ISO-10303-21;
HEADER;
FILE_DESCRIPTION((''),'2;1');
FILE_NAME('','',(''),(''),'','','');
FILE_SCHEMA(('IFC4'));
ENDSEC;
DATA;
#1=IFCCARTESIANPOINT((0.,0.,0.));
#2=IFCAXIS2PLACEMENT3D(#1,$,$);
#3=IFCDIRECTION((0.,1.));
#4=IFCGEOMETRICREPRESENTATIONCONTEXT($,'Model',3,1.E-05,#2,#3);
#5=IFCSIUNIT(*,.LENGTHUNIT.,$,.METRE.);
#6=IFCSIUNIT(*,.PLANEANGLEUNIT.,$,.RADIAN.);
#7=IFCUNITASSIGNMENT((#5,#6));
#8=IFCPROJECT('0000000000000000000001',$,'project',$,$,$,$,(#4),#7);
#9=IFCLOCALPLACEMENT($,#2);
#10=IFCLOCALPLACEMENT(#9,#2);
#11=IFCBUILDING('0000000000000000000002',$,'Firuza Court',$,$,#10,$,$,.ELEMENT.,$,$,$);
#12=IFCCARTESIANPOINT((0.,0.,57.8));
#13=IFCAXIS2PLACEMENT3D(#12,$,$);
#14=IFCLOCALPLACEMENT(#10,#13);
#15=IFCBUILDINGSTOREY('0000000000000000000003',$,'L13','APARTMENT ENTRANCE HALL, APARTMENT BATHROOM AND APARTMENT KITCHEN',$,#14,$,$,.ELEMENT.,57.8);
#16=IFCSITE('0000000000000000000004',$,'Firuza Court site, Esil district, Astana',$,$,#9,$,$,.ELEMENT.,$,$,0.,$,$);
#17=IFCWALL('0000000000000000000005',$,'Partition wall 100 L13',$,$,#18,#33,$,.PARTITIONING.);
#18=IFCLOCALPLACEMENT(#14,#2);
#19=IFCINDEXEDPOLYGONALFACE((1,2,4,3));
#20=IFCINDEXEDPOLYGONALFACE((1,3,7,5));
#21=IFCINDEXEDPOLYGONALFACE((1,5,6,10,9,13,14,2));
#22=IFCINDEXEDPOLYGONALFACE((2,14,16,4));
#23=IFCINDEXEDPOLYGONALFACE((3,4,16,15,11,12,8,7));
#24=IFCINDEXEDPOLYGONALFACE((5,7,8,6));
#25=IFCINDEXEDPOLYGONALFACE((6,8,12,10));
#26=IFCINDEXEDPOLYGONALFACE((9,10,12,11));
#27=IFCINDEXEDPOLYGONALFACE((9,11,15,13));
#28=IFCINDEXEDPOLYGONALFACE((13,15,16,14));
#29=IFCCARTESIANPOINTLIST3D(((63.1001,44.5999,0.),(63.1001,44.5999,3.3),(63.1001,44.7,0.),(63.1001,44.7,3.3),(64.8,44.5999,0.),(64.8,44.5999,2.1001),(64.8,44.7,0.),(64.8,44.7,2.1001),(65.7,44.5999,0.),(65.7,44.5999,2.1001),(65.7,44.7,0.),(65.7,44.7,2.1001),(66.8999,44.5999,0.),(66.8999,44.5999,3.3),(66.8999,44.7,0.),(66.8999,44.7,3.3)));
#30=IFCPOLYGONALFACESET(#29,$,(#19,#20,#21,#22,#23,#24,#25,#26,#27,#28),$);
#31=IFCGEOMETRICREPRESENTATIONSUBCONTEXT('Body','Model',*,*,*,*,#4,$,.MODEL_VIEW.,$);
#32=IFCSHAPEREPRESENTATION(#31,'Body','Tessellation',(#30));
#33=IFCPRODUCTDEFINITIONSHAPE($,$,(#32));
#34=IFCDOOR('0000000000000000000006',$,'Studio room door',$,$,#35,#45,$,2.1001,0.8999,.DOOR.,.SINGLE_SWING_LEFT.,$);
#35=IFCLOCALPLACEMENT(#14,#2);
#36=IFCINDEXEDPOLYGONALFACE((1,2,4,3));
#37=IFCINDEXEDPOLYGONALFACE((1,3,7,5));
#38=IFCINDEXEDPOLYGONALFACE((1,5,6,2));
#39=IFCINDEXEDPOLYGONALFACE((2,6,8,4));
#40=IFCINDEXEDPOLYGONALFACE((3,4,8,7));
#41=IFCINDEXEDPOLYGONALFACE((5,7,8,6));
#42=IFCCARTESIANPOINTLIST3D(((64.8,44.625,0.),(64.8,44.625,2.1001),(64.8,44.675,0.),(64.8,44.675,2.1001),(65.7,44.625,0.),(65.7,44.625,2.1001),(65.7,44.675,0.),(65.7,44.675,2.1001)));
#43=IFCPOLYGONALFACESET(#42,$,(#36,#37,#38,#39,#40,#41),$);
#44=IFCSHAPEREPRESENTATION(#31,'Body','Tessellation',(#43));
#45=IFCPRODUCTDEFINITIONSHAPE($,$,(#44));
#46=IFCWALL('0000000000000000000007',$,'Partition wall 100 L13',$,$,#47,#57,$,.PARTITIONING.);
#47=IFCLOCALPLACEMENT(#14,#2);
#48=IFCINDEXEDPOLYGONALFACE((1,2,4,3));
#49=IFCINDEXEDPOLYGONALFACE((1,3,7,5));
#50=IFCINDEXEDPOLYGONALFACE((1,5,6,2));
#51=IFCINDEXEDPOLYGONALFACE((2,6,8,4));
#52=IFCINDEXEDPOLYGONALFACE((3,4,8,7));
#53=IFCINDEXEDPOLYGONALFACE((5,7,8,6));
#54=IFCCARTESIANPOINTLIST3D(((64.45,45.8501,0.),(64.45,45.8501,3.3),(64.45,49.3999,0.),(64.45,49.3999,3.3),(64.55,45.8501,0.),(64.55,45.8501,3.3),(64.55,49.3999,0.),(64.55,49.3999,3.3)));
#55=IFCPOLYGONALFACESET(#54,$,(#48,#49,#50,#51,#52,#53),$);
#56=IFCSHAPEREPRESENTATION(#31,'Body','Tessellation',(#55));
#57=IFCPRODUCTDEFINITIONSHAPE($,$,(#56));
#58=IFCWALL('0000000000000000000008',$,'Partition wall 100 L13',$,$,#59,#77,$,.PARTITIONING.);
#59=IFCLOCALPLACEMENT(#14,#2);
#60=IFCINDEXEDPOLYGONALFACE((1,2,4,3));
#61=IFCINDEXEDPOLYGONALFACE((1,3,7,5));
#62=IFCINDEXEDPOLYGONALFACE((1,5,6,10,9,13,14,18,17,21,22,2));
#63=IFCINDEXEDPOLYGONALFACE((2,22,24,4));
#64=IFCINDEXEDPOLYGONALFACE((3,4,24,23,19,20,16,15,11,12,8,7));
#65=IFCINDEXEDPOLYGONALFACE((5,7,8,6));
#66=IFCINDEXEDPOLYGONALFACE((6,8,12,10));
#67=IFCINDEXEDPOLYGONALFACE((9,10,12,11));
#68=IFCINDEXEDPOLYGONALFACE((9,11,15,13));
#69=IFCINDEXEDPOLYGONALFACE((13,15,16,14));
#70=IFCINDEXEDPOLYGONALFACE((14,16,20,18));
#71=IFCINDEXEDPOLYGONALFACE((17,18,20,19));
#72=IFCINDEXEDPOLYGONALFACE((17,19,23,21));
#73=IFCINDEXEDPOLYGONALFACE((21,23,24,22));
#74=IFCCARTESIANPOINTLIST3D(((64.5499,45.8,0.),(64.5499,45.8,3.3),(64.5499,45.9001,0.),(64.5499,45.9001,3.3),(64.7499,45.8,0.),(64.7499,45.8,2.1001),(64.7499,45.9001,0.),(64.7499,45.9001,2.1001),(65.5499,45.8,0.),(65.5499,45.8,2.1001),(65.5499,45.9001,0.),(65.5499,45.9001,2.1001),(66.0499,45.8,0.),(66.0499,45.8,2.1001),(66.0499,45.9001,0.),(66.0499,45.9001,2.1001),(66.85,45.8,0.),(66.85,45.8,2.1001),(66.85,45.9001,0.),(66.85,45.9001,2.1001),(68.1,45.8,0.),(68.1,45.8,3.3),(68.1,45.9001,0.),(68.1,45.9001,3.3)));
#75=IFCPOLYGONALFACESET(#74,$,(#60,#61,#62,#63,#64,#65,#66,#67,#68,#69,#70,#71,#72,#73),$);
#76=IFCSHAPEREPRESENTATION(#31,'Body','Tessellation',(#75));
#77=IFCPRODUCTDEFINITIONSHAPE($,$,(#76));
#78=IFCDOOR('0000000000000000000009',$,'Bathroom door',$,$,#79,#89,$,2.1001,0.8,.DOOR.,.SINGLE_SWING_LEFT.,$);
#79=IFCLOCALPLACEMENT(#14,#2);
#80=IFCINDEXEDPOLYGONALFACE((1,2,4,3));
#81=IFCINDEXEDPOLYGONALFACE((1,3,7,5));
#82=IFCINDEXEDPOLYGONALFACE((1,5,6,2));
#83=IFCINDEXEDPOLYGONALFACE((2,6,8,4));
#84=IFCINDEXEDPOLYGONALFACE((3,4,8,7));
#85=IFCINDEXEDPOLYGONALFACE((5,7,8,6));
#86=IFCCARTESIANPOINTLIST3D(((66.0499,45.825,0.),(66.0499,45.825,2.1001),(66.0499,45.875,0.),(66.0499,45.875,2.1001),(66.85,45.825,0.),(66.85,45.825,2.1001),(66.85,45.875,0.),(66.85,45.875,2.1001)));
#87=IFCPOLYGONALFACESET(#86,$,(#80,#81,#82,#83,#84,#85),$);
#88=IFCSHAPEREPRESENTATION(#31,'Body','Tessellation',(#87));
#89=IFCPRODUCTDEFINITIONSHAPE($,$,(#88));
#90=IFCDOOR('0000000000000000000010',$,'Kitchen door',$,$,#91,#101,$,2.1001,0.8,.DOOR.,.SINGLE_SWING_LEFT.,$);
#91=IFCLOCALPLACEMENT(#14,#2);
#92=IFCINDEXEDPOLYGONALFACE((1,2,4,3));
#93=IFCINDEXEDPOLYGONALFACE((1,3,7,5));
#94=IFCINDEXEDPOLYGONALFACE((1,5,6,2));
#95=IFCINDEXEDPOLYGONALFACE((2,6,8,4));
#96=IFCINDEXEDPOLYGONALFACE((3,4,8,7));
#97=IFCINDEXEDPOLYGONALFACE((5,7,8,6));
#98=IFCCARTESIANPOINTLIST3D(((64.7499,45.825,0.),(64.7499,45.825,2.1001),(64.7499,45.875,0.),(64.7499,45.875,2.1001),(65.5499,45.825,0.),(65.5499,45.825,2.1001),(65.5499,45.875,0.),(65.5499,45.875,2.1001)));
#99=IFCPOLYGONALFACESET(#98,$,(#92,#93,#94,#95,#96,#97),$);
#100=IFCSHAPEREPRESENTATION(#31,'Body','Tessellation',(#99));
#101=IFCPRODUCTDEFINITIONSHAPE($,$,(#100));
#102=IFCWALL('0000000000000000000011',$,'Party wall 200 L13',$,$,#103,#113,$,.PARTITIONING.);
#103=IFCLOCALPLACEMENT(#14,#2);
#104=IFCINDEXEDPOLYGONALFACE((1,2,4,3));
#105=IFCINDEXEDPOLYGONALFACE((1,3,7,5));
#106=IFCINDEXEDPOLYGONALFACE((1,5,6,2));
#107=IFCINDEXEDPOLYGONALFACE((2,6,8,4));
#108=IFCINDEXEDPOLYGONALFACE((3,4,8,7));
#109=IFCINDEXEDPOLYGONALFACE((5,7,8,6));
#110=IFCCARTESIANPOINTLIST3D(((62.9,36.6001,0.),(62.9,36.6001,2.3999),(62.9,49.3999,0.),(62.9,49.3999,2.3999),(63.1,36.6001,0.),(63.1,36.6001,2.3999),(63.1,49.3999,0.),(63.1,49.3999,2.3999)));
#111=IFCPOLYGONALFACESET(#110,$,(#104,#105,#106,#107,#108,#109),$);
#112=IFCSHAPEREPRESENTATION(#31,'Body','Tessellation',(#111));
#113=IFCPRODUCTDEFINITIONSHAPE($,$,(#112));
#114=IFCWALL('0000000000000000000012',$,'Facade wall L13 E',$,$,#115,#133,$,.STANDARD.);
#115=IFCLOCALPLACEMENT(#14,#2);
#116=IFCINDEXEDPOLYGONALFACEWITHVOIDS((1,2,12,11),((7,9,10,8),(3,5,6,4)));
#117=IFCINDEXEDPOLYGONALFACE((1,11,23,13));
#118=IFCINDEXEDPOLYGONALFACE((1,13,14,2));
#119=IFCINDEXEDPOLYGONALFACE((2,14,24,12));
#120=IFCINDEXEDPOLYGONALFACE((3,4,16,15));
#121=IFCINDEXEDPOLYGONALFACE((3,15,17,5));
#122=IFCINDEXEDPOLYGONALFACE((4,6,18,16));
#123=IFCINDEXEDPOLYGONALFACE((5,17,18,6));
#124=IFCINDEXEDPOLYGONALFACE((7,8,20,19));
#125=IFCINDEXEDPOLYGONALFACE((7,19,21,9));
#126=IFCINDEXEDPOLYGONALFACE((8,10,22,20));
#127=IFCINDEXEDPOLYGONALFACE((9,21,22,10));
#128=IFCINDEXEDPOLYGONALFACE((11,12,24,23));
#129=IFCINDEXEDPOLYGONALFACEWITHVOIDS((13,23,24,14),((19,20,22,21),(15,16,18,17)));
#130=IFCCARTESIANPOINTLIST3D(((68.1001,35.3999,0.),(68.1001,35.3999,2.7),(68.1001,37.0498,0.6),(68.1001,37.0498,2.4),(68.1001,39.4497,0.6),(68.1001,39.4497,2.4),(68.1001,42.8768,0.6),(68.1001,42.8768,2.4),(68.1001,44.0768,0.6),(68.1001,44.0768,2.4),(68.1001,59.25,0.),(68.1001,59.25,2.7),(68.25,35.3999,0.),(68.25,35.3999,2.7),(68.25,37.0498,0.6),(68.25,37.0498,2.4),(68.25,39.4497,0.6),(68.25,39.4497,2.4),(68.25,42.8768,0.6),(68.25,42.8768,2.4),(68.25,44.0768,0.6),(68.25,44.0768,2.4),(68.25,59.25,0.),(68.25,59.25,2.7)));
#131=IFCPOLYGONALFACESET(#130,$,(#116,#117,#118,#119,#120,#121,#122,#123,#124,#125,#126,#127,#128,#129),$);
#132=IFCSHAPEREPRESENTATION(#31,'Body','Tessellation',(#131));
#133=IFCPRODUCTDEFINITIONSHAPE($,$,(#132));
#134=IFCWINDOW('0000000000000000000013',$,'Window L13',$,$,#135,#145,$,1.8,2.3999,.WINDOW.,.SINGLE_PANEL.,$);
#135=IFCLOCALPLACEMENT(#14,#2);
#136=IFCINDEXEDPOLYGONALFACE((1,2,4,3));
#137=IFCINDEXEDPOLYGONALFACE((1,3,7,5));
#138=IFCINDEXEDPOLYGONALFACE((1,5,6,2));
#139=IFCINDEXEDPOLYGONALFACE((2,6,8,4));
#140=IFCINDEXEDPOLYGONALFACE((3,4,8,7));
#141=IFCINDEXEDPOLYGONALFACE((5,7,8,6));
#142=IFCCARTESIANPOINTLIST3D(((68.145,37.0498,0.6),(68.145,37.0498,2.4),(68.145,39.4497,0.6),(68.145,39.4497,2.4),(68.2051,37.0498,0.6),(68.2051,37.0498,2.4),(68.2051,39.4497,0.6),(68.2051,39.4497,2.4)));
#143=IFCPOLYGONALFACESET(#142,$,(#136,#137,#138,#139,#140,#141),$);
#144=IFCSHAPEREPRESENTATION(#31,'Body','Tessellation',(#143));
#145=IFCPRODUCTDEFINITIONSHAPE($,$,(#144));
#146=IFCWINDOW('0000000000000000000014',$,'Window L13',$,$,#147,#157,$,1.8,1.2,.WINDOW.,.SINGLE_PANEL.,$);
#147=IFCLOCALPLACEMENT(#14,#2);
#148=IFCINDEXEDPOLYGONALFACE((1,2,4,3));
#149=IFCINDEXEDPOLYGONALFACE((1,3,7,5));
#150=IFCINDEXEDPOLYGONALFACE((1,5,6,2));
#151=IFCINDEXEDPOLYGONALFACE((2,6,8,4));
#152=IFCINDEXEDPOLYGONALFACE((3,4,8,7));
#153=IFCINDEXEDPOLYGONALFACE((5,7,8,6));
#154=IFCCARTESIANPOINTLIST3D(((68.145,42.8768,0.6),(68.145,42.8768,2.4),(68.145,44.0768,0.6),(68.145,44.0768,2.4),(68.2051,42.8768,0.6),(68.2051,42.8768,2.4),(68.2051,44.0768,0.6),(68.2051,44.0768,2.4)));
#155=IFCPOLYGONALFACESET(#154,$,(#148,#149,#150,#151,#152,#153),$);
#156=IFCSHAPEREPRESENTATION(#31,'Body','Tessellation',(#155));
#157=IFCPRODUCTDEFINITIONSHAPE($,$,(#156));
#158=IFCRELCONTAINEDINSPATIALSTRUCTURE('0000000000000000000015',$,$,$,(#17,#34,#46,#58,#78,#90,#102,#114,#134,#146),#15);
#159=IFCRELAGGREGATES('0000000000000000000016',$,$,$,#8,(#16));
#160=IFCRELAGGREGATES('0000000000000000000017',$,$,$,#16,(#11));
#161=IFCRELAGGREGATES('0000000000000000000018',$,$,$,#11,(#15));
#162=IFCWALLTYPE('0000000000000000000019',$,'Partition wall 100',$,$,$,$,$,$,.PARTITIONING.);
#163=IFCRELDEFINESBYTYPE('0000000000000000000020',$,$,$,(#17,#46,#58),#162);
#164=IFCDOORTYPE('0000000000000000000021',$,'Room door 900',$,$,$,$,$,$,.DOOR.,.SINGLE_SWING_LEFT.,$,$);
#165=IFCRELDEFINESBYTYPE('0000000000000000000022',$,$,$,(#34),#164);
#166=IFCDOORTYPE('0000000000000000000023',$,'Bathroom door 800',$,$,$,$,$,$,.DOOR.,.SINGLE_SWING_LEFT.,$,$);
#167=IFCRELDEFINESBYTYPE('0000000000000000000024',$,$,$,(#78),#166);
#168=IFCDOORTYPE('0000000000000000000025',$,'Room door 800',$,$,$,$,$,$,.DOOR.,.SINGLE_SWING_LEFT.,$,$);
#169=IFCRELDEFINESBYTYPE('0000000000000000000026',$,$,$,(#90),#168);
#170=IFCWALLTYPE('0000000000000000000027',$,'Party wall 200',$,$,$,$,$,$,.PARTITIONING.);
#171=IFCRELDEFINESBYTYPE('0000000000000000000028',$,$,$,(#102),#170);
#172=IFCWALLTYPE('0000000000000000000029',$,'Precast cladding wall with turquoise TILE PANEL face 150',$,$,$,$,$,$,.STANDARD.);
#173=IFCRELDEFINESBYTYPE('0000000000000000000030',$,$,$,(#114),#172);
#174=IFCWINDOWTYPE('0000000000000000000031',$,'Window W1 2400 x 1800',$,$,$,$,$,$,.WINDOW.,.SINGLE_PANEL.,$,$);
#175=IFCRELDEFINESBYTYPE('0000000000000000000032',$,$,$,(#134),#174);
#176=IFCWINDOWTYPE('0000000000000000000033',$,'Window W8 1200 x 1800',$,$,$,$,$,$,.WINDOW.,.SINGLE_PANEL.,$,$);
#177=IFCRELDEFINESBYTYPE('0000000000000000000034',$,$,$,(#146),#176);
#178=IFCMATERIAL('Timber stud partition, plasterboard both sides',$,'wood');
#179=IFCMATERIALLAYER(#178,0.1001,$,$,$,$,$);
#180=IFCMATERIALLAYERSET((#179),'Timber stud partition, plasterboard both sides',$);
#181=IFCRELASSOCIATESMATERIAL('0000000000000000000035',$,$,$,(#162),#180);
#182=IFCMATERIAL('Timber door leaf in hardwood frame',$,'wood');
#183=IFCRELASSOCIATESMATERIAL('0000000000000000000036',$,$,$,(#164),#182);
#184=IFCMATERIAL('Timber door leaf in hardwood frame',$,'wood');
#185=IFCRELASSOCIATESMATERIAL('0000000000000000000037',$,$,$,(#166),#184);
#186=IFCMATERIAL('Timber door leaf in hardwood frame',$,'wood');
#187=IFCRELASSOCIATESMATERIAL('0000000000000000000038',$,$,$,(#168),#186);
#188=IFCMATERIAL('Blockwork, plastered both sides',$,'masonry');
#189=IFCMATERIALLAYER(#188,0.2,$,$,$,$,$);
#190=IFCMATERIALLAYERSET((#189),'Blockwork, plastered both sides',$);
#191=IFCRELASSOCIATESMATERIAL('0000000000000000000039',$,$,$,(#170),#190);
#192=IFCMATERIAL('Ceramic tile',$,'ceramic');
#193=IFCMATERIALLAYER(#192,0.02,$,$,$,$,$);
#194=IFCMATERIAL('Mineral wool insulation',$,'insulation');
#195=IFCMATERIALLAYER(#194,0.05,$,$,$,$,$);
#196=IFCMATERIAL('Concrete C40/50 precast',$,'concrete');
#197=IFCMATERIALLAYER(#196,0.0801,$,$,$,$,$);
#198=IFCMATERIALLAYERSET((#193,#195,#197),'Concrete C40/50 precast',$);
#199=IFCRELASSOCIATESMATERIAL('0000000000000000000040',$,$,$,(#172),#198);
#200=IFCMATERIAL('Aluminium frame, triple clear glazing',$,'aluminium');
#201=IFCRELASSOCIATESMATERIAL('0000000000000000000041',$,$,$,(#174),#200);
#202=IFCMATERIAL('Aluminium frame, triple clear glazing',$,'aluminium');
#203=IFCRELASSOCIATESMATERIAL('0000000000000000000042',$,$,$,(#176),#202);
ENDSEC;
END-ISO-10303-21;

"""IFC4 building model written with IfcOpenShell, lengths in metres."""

from ifc_helpers import new_model, si_unit, direction, frame, frame_2d, origin, place, context, subcontext, project, spatial, rectangle, extrude, material, layer, layer_set, type_object, element, fill, save


model = new_model("IFC4")

# Units and contexts
model_context = context("Model", 3, precision=1e-05, world=origin(), true_north=direction((0.0, 1.0)))
body_context = subcontext(model_context, "Body", "Model", "MODEL_VIEW")
ifc_project = project(units=[si_unit("LENGTHUNIT", "METRE"), si_unit("PLANEANGLEUNIT", "RADIAN")], contexts=[model_context])

# Site, building, storey
site_placement = place(None, origin())
site = spatial("IfcSite", under=ifc_project, at=site_placement, Name="Firuza Court site, Esil district, Astana", CompositionType="ELEMENT", RefElevation=0.0)
building_placement = place(site_placement, origin())
building = spatial("IfcBuilding", under=site, at=building_placement, Name="Firuza Court", CompositionType="ELEMENT")
storey_placement = place(building_placement, frame((0.0, 0.0, 57.8)))
storey = spatial("IfcBuildingStorey", under=building, at=storey_placement, Name="L13", Description="APARTMENT ENTRANCE HALL, APARTMENT BATHROOM AND APARTMENT KITCHEN", CompositionType="ELEMENT", Elevation=57.8)

# Shared definitions
ifc_material_1 = material(Name="Timber stud partition, plasterboard both sides", Category="wood")
ifc_layer_1 = layer(ifc_material_1, 0.1001)
ifc_layer_set_1 = layer_set([ifc_layer_1], Name="Timber stud partition, plasterboard both sides")
wall_type_1 = type_object("IfcWallType", Name="Partition wall 100", PredefinedType="PARTITIONING", material=ifc_layer_set_1)

# Wall, opening, door
wall_1_placement = place(storey_placement, frame((63.1001, 44.6499, 0.0), z_axis=(0.0, 0.0, 1.0), x_axis=(1.0, 0.0, 0.0)))
wall_1 = element("IfcWall", 1, at=wall_1_placement, inside=storey, type_object=wall_type_1, Name="Partition wall 100 L13", PredefinedType="PARTITIONING", context=body_context, shape_type="SweptSolid", body=[
    extrude(rectangle(XDim=3.7998, YDim=0.1001, at=frame_2d((1.8999, 0.0))), origin(), (0.0, 0.0, 1.0), 3.3),
])
opening_1_placement = place(wall_1_placement, frame((1.7, 0.0, 0.0)))
opening_1 = element("IfcOpeningElement", 2, at=opening_1_placement, cuts=wall_1, PredefinedType="OPENING", context=body_context, shape_type="SweptSolid", body=[
    extrude(rectangle(XDim=0.8999, YDim=2.1001, at=frame_2d((0.45, 1.05))), frame((0.0, 0.062, 0.0), z_axis=(0.0, -1.0, 0.0), x_axis=(1.0, 0.0, 0.0)), (0.0, 0.0, 1.0), 0.124),
])
ifc_material_2 = material(Name="Timber door leaf in hardwood frame", Category="wood")
door_type_1 = type_object("IfcDoorType", Name="Room door 900", OperationType="SINGLE_SWING_LEFT", PredefinedType="DOOR", material=ifc_material_2)
door_1_placement = place(opening_1_placement, frame((0.8999, 0.0, 0.0), z_axis=(0.0, 0.0, 1.0), x_axis=(-1.0, 0.0, 0.0)))
door_1 = element("IfcDoor", 3, at=door_1_placement, inside=storey, type_object=door_type_1, Name="Studio room door", OperationType="SINGLE_SWING_LEFT", OverallHeight=2.1001, OverallWidth=0.8999, PredefinedType="DOOR", context=body_context, shape_type="SweptSolid", body=[
    extrude(rectangle(XDim=0.8999, YDim=2.1001, at=frame_2d((0.45, 1.05))), frame((0.0, 0.0249, 0.0), z_axis=(0.0, -1.0, 0.0), x_axis=(1.0, 0.0, 0.0)), (0.0, 0.0, 1.0), 0.05),
])
fill(opening_1, door_1)

# Wall
wall_2_placement = place(storey_placement, frame((64.5, 45.8501, 0.0), z_axis=(0.0, 0.0, 1.0), x_axis=(0.0, 1.0, 0.0)))
element("IfcWall", 4, at=wall_2_placement, inside=storey, type_object=wall_type_1, Name="Partition wall 100 L13", PredefinedType="PARTITIONING", context=body_context, shape_type="SweptSolid", body=[
    extrude(rectangle(XDim=3.5498, YDim=0.1001, at=frame_2d((1.7749, 0.0))), origin(), (0.0, 0.0, 1.0), 3.3),
])

# Wall, openings, doors
wall_3_placement = place(storey_placement, frame((64.55, 45.8501, 0.0), z_axis=(0.0, 0.0, 1.0), x_axis=(1.0, 0.0, 0.0)))
wall_3 = element("IfcWall", 5, at=wall_3_placement, inside=storey, type_object=wall_type_1, Name="Partition wall 100 L13", PredefinedType="PARTITIONING", context=body_context, shape_type="SweptSolid", body=[
    extrude(rectangle(XDim=3.55, YDim=0.1001, at=frame_2d((1.7749, 0.0))), origin(), (0.0, 0.0, 1.0), 3.3),
])
opening_2_placement = place(wall_3_placement, frame((1.5, 0.0, 0.0)))
opening_2 = element("IfcOpeningElement", 6, at=opening_2_placement, cuts=wall_3, PredefinedType="OPENING", context=body_context, shape_type="SweptSolid", body=[
    extrude(rectangle(XDim=0.8, YDim=2.1001, at=frame_2d((0.3999, 1.05))), frame((0.0, 0.062, 0.0), z_axis=(0.0, -1.0, 0.0), x_axis=(1.0, 0.0, 0.0)), (0.0, 0.0, 1.0), 0.124),
])
opening_3_placement = place(wall_3_placement, frame((0.2, 0.0, 0.0)))
opening_3 = element("IfcOpeningElement", 7, at=opening_3_placement, cuts=wall_3, PredefinedType="OPENING", context=body_context, shape_type="SweptSolid", body=[
    extrude(rectangle(XDim=0.8, YDim=2.1001, at=frame_2d((0.3999, 1.05))), frame((0.0, 0.062, 0.0), z_axis=(0.0, -1.0, 0.0), x_axis=(1.0, 0.0, 0.0)), (0.0, 0.0, 1.0), 0.124),
])
ifc_material_3 = material(Name="Timber door leaf in hardwood frame", Category="wood")
door_type_2 = type_object("IfcDoorType", Name="Bathroom door 800", OperationType="SINGLE_SWING_LEFT", PredefinedType="DOOR", material=ifc_material_3)
door_2_placement = place(opening_2_placement, origin())
door_2 = element("IfcDoor", 8, at=door_2_placement, inside=storey, type_object=door_type_2, Name="Bathroom door", OperationType="SINGLE_SWING_LEFT", OverallHeight=2.1001, OverallWidth=0.8, PredefinedType="DOOR", context=body_context, shape_type="SweptSolid", body=[
    extrude(rectangle(XDim=0.8, YDim=2.1001, at=frame_2d((0.3999, 1.05))), frame((0.0, 0.0249, 0.0), z_axis=(0.0, -1.0, 0.0), x_axis=(1.0, 0.0, 0.0)), (0.0, 0.0, 1.0), 0.05),
])
fill(opening_2, door_2)
ifc_material_4 = material(Name="Timber door leaf in hardwood frame", Category="wood")
door_type_3 = type_object("IfcDoorType", Name="Room door 800", OperationType="SINGLE_SWING_LEFT", PredefinedType="DOOR", material=ifc_material_4)
door_3_placement = place(opening_3_placement, origin())
door_3 = element("IfcDoor", 9, at=door_3_placement, inside=storey, type_object=door_type_3, Name="Kitchen door", OperationType="SINGLE_SWING_LEFT", OverallHeight=2.1001, OverallWidth=0.8, PredefinedType="DOOR", context=body_context, shape_type="SweptSolid", body=[
    extrude(rectangle(XDim=0.8, YDim=2.1001, at=frame_2d((0.3999, 1.05))), frame((0.0, 0.0249, 0.0), z_axis=(0.0, -1.0, 0.0), x_axis=(1.0, 0.0, 0.0)), (0.0, 0.0, 1.0), 0.05),
])
fill(opening_3, door_3)

# Wall
ifc_material_5 = material(Name="Blockwork, plastered both sides", Category="masonry")
ifc_layer_2 = layer(ifc_material_5, 0.2)
ifc_layer_set_2 = layer_set([ifc_layer_2], Name="Blockwork, plastered both sides")
wall_type_2 = type_object("IfcWallType", Name="Party wall 200", PredefinedType="PARTITIONING", material=ifc_layer_set_2)
wall_4_placement = place(storey_placement, frame((63.0, 36.6001, 0.0), z_axis=(0.0, 0.0, 1.0), x_axis=(0.0, 1.0, 0.0)))
element("IfcWall", 10, at=wall_4_placement, inside=storey, type_object=wall_type_2, Name="Party wall 200 L13", PredefinedType="PARTITIONING", context=body_context, shape_type="SweptSolid", body=[
    extrude(rectangle(XDim=12.7998, YDim=0.2, at=frame_2d((6.3999, 0.0))), origin(), (0.0, 0.0, 1.0), 2.3999),
])

# Wall, openings, windows
ifc_material_6 = material(Name="Ceramic tile", Category="ceramic")
ifc_layer_3 = layer(ifc_material_6, 0.02)
ifc_material_7 = material(Name="Mineral wool insulation", Category="insulation")
ifc_layer_4 = layer(ifc_material_7, 0.05)
ifc_material_8 = material(Name="Concrete C40/50 precast", Category="concrete")
ifc_layer_5 = layer(ifc_material_8, 0.0801)
ifc_layer_set_3 = layer_set([ifc_layer_3, ifc_layer_4, ifc_layer_5], Name="Concrete C40/50 precast")
wall_type_3 = type_object("IfcWallType", Name="Precast cladding wall with turquoise TILE PANEL face 150", PredefinedType="STANDARD", material=ifc_layer_set_3)
wall_5_placement = place(storey_placement, frame((68.175, 35.3999, 0.0), z_axis=(0.0, 0.0, 1.0), x_axis=(0.0, 1.0, 0.0)))
wall_5 = element("IfcWall", 11, at=wall_5_placement, inside=storey, type_object=wall_type_3, Name="Facade wall L13 E", PredefinedType="STANDARD", context=body_context, shape_type="SweptSolid", body=[
    extrude(rectangle(XDim=23.8501, YDim=0.1499, at=frame_2d((11.925, 0.0))), origin(), (0.0, 0.0, 1.0), 2.7),
])
opening_4_placement = place(wall_5_placement, frame((1.6499, 0.0, 0.6001)))
opening_4 = element("IfcOpeningElement", 12, at=opening_4_placement, cuts=wall_5, PredefinedType="OPENING", context=body_context, shape_type="SweptSolid", body=[
    extrude(rectangle(XDim=2.3999, YDim=1.8, at=frame_2d((1.2, 0.8999))), frame((0.0, 0.0869, 0.0), z_axis=(0.0, -1.0, 0.0), x_axis=(1.0, 0.0, 0.0)), (0.0, 0.0, 1.0), 0.1738),
])
opening_5_placement = place(wall_5_placement, frame((7.4768, 0.0, 0.6001)))
opening_5 = element("IfcOpeningElement", 13, at=opening_5_placement, cuts=wall_5, PredefinedType="OPENING", context=body_context, shape_type="SweptSolid", body=[
    extrude(rectangle(XDim=1.2, YDim=1.8, at=frame_2d((0.6001, 0.8999))), frame((0.0, 0.0869, 0.0), z_axis=(0.0, -1.0, 0.0), x_axis=(1.0, 0.0, 0.0)), (0.0, 0.0, 1.0), 0.1738),
])
ifc_material_9 = material(Name="Aluminium frame, triple clear glazing", Category="aluminium")
window_type_1 = type_object("IfcWindowType", Name="Window W1 2400 x 1800", PartitioningType="SINGLE_PANEL", PredefinedType="WINDOW", material=ifc_material_9)
window_1_placement = place(opening_4_placement, origin())
window_1 = element("IfcWindow", 14, at=window_1_placement, inside=storey, type_object=window_type_1, Name="Window L13", OverallHeight=1.8, OverallWidth=2.3999, PartitioningType="SINGLE_PANEL", PredefinedType="WINDOW", context=body_context, shape_type="SweptSolid", body=[
    extrude(rectangle(XDim=2.3999, YDim=1.8, at=frame_2d((1.2, 0.8999))), frame((0.0, 0.03, 0.0), z_axis=(0.0, -1.0, 0.0), x_axis=(1.0, 0.0, 0.0)), (0.0, 0.0, 1.0), 0.0601),
])
fill(opening_4, window_1)
ifc_material_10 = material(Name="Aluminium frame, triple clear glazing", Category="aluminium")
window_type_2 = type_object("IfcWindowType", Name="Window W8 1200 x 1800", PartitioningType="SINGLE_PANEL", PredefinedType="WINDOW", material=ifc_material_10)
window_2_placement = place(opening_5_placement, origin())
window_2 = element("IfcWindow", 15, at=window_2_placement, inside=storey, type_object=window_type_2, Name="Window L13", OverallHeight=1.8, OverallWidth=1.2, PartitioningType="SINGLE_PANEL", PredefinedType="WINDOW", context=body_context, shape_type="SweptSolid", body=[
    extrude(rectangle(XDim=1.2, YDim=1.8, at=frame_2d((0.6001, 0.8999))), frame((0.0, 0.03, 0.0), z_axis=(0.0, -1.0, 0.0), x_axis=(1.0, 0.0, 0.0)), (0.0, 0.0, 1.0), 0.0601),
])
fill(opening_5, window_2)

save(model, "model.ifc")
